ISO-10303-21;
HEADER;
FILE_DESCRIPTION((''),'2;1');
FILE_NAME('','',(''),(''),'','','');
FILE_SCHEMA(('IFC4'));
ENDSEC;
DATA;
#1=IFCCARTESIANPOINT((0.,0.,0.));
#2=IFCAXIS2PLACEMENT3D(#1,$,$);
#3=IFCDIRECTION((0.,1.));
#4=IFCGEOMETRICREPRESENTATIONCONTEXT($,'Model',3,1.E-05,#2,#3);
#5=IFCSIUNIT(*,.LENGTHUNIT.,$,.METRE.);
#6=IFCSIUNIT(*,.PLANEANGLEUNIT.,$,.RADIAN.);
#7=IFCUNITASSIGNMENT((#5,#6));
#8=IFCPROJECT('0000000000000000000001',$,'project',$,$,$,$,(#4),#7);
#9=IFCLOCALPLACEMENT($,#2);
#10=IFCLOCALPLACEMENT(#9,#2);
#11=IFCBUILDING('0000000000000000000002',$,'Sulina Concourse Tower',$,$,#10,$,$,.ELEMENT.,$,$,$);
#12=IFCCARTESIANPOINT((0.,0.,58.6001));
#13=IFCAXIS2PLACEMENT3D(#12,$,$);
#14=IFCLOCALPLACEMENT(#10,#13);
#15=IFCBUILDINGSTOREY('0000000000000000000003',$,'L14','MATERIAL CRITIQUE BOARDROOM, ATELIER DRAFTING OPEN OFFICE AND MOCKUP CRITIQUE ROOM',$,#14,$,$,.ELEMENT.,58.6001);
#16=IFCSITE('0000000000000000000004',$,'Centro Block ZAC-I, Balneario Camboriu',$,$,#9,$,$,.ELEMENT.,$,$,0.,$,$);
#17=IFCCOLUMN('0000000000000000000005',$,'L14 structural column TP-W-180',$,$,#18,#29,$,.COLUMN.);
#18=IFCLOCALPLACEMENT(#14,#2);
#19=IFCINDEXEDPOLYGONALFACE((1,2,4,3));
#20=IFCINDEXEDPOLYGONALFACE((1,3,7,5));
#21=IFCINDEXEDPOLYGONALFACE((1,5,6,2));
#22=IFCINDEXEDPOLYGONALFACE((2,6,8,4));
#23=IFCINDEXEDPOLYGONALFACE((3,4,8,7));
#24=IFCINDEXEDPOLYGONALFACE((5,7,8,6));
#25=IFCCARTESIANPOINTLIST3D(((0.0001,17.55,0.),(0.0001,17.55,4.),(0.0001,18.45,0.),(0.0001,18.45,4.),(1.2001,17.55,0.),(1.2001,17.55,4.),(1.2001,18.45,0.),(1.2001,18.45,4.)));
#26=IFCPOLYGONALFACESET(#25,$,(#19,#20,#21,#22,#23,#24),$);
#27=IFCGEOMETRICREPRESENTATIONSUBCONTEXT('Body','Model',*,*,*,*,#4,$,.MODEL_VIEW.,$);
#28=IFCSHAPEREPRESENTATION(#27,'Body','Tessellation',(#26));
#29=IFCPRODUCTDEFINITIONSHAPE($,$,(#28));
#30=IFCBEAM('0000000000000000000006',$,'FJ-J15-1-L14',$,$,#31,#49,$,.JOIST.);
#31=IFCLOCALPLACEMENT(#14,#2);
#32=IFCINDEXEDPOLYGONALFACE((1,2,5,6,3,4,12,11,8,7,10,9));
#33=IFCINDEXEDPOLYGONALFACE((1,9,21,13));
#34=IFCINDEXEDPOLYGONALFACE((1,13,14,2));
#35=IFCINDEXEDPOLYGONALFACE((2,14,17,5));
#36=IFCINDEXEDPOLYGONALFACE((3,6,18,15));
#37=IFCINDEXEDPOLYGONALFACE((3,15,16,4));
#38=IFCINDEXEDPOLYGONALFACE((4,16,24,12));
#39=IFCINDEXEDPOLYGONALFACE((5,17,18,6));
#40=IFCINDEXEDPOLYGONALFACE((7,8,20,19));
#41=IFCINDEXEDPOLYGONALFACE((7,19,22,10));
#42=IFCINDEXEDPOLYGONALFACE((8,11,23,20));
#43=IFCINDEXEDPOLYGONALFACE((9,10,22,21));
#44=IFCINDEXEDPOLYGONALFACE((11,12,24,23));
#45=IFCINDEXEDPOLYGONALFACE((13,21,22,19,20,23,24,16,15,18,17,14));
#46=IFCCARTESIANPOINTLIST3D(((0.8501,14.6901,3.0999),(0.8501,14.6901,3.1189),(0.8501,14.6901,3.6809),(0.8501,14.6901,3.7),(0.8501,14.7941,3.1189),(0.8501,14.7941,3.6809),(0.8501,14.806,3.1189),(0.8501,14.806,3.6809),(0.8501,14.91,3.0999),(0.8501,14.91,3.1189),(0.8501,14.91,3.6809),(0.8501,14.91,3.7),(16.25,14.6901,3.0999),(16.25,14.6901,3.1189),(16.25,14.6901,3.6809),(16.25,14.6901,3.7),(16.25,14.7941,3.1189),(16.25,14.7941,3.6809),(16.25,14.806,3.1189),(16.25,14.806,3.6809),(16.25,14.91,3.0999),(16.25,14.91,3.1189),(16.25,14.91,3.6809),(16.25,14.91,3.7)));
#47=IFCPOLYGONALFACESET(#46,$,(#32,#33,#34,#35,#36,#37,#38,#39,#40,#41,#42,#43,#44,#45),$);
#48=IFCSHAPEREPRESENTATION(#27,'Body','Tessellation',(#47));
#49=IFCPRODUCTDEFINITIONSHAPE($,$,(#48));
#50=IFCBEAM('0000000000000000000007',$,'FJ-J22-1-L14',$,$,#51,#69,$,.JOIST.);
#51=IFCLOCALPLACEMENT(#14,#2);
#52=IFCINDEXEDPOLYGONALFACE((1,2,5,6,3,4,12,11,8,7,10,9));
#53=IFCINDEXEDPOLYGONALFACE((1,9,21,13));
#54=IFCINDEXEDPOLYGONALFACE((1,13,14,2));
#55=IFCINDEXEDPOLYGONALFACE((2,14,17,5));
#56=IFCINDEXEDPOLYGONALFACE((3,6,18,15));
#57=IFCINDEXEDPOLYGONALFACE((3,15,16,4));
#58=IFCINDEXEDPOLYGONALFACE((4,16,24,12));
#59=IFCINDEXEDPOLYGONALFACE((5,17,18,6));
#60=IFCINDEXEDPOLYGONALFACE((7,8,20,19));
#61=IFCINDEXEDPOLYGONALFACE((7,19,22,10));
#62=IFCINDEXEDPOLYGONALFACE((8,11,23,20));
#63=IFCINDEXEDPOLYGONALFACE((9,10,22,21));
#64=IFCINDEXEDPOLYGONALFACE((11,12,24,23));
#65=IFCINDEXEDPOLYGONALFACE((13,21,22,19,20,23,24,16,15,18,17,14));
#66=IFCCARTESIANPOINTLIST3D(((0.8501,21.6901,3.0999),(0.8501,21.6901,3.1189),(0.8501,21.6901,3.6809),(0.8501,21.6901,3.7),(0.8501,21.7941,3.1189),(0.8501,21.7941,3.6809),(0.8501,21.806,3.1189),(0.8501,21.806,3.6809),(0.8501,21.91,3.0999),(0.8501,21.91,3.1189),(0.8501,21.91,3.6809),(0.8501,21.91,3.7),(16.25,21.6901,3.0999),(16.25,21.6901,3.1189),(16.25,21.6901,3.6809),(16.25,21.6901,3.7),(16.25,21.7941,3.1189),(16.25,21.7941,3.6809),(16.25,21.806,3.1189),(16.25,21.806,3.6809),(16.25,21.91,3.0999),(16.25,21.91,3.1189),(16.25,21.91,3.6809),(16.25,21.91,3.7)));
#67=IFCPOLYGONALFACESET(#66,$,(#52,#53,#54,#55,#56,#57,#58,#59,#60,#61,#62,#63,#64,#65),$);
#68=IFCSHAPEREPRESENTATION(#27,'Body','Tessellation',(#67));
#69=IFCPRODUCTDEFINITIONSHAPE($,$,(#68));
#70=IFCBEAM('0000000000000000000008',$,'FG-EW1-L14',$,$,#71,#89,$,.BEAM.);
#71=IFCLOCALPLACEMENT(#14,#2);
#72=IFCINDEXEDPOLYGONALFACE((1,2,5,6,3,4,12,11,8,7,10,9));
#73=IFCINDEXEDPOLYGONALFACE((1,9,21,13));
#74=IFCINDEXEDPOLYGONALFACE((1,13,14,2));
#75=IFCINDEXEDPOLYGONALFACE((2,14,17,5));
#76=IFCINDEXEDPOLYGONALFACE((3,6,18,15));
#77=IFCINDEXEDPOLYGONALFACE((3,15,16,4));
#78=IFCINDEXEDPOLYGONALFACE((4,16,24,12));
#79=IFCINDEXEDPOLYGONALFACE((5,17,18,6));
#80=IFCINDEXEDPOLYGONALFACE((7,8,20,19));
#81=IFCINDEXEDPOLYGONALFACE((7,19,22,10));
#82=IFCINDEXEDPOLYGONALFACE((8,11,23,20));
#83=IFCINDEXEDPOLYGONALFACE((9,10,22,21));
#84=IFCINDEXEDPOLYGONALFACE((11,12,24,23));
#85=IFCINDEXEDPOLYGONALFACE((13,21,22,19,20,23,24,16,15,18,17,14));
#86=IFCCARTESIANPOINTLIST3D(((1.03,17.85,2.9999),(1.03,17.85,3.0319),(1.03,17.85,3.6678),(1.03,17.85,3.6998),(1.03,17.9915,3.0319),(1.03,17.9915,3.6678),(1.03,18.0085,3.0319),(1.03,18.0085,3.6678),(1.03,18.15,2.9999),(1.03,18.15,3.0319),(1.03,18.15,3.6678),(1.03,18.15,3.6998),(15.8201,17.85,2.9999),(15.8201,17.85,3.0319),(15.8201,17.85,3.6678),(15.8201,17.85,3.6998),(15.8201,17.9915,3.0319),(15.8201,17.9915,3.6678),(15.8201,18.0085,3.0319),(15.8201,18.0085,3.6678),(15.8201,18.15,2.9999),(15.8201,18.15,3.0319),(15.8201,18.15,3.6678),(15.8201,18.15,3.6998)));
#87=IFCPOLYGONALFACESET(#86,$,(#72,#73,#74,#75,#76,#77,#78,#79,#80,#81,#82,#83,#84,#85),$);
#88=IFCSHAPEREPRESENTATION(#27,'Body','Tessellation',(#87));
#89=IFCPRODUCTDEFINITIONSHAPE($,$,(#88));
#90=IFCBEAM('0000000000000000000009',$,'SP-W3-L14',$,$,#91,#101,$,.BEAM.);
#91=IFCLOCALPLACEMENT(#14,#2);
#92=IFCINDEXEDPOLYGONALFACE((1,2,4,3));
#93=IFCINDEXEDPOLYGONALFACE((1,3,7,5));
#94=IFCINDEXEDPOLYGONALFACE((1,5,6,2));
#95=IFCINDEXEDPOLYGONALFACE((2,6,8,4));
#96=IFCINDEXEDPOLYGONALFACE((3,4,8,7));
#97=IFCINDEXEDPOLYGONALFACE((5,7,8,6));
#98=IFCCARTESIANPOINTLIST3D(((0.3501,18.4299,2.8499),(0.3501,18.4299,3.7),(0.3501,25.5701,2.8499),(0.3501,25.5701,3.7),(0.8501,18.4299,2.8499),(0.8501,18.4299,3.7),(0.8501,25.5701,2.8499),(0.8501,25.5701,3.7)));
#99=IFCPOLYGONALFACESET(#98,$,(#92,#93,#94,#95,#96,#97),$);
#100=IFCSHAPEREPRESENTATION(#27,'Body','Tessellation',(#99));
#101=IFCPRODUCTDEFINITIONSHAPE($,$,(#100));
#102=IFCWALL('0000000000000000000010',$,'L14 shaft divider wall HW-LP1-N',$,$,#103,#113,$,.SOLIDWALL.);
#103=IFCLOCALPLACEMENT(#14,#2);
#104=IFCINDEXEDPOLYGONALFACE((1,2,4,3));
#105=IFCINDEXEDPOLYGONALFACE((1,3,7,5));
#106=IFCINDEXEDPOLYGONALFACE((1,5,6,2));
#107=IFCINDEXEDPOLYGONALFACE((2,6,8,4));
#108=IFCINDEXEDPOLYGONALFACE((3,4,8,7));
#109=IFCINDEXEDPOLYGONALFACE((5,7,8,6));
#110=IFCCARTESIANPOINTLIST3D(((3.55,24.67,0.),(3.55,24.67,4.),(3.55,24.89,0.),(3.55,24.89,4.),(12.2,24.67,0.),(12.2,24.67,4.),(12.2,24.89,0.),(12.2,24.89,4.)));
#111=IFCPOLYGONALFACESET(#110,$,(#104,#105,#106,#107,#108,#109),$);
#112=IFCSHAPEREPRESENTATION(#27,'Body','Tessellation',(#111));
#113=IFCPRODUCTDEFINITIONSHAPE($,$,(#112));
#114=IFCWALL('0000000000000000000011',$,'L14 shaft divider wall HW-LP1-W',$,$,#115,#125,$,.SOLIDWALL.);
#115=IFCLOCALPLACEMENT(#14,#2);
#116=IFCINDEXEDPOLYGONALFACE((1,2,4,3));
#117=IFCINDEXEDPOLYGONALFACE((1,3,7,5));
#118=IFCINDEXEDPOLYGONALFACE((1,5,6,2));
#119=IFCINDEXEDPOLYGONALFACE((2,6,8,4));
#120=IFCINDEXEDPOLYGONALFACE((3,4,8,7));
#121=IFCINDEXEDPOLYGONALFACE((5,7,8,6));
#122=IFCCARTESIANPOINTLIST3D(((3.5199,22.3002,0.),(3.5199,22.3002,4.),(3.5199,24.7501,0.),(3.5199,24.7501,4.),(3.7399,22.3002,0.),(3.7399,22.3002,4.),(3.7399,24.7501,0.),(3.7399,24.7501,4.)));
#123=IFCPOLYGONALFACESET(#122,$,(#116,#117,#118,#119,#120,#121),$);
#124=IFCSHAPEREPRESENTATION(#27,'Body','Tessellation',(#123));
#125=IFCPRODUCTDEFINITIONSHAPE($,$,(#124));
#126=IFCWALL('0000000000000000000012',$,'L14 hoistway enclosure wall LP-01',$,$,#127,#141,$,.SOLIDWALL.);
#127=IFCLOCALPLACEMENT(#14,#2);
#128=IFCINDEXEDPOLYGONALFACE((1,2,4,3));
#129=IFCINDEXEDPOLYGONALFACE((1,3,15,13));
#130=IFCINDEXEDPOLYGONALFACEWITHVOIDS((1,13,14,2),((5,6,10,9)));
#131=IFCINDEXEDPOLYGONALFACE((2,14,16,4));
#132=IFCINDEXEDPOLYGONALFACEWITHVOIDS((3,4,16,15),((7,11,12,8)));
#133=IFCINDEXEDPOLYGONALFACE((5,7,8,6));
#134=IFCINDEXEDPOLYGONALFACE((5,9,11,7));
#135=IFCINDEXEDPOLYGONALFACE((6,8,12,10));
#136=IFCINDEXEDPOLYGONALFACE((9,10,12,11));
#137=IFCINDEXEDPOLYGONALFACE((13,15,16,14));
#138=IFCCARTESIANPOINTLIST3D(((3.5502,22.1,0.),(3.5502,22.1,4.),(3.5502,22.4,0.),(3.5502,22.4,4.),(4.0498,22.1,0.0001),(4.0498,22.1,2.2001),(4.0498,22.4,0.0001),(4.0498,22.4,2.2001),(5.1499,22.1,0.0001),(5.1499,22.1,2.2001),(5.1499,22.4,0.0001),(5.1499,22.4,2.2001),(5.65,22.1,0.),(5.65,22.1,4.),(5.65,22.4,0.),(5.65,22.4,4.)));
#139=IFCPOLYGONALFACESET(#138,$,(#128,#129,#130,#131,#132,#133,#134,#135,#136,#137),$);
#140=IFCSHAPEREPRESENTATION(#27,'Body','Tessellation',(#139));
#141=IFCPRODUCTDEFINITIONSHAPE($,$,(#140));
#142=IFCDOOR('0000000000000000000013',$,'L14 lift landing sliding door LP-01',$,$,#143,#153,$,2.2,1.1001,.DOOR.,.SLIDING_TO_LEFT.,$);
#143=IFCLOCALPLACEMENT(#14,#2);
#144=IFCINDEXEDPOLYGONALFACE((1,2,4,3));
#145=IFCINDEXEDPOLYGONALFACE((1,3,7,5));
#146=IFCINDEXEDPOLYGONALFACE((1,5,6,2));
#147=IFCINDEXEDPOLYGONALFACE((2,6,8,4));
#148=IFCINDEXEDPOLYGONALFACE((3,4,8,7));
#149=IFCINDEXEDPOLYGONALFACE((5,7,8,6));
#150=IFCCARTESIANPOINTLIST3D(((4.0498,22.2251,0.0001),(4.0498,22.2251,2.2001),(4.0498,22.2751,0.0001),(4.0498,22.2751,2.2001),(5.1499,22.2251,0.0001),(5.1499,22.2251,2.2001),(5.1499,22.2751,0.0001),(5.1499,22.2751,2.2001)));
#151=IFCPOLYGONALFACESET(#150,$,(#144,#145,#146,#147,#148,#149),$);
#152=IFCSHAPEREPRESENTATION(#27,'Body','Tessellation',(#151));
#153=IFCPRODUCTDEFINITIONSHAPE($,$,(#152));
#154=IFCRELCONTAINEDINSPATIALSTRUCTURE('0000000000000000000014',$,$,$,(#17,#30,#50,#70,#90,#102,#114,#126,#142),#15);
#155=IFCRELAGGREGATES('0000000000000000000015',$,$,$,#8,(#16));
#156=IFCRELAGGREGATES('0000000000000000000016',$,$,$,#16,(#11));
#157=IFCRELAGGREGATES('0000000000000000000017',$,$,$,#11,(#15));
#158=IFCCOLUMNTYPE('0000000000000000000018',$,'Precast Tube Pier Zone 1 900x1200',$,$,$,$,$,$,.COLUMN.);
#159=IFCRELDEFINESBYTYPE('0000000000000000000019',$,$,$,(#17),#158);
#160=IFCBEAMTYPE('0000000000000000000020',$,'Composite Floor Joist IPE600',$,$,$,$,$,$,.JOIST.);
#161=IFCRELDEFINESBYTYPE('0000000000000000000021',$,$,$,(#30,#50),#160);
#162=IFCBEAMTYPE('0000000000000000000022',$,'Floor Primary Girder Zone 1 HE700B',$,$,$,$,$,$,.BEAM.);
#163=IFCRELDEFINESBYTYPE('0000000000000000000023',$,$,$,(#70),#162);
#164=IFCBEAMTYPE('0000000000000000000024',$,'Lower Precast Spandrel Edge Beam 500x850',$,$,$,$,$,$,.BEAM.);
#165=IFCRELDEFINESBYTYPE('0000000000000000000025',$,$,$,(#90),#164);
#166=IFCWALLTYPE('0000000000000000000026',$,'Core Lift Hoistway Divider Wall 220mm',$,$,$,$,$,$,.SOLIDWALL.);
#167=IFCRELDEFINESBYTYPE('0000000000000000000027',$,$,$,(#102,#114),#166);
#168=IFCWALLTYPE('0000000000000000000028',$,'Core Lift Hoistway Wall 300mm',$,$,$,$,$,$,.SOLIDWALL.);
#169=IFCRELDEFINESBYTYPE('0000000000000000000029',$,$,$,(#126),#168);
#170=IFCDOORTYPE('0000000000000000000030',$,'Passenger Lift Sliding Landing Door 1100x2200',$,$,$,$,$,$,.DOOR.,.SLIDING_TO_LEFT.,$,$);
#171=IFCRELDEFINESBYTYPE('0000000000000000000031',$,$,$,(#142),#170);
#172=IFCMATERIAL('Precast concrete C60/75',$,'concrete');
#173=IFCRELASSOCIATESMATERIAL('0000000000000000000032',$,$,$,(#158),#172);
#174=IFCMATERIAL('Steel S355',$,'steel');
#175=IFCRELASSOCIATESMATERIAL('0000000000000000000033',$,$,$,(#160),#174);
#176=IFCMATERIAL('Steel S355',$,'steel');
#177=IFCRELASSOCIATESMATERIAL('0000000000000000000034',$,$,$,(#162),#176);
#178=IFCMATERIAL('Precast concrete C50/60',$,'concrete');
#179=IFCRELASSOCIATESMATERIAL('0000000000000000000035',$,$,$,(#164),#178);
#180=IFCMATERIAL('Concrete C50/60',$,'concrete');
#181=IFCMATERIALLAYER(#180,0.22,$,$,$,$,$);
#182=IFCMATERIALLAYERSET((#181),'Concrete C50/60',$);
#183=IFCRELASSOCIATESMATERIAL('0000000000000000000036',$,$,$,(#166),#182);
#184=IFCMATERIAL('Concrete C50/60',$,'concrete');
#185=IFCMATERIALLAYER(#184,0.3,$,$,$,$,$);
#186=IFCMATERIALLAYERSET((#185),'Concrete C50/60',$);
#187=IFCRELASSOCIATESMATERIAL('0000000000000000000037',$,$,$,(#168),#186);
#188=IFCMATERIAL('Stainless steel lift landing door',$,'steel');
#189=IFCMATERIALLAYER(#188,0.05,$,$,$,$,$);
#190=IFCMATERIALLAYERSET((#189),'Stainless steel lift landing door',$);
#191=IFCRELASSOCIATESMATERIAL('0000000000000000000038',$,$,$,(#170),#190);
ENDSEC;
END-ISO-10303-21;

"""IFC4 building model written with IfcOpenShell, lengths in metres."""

from ifc_helpers import new_model, si_unit, direction, frame, frame_2d, origin, origin_2d, place, context, subcontext, project, spatial, rectangle, i_section, extrude, material, layer, layer_set, material_profile, profile_set, type_object, element, fill, save


model = new_model("IFC4")

# Units and contexts
model_context = context("Model", 3, precision=1e-05, world=origin(), true_north=direction((0.0, 1.0)))
body_context = subcontext(model_context, "Body", "Model", "MODEL_VIEW")
ifc_project = project(units=[si_unit("LENGTHUNIT", "METRE"), si_unit("PLANEANGLEUNIT", "RADIAN")], contexts=[model_context])

# Site, building, storey
site_placement = place(None, origin())
site = spatial("IfcSite", under=ifc_project, at=site_placement, Name="Centro Block ZAC-I, Balneario Camboriu", CompositionType="ELEMENT", RefElevation=0.0)
building_placement = place(site_placement, origin())
building = spatial("IfcBuilding", under=site, at=building_placement, Name="Sulina Concourse Tower", CompositionType="ELEMENT")
storey_placement = place(building_placement, frame((0.0, 0.0, 58.6001)))
storey = spatial("IfcBuildingStorey", under=building, at=storey_placement, Name="L14", Description="MATERIAL CRITIQUE BOARDROOM, ATELIER DRAFTING OPEN OFFICE AND MOCKUP CRITIQUE ROOM", CompositionType="ELEMENT", Elevation=58.6001)

# Column
ifc_material_1 = material(Name="Precast concrete C60/75", Category="concrete")
ifc_material_profile_1 = material_profile(ifc_material_1, rectangle(XDim=0.8999, YDim=1.2, at=origin_2d()), Name="PC 900x1200")
ifc_profile_set_1 = profile_set([ifc_material_profile_1], Name="Precast concrete C60/75")
column_type = type_object("IfcColumnType", Name="Precast Tube Pier Zone 1 900x1200", PredefinedType="COLUMN", material=ifc_profile_set_1)
column_placement = place(storey_placement, frame((0.6001, 18.0, 0.0), z_axis=(0.0, 0.0, 1.0), x_axis=(0.0, 1.0, 0.0)))
element("IfcColumn", 1, at=column_placement, inside=storey, type_object=column_type, Name="L14 structural column TP-W-180", PredefinedType="COLUMN", context=body_context, shape_type="SweptSolid", body=[
    extrude(rectangle(XDim=0.8999, YDim=1.2, at=origin_2d()), origin(), (0.0, 0.0, 1.0), 4.0),
])

# Beams
ifc_material_2 = material(Name="Steel S355", Category="steel")
ifc_material_profile_2 = material_profile(ifc_material_2, i_section(OverallWidth=0.22, OverallDepth=0.6001, WebThickness=0.012, FlangeThickness=0.019, at=origin_2d()), Name="IPE 600")
ifc_profile_set_2 = profile_set([ifc_material_profile_2], Name="Steel S355")
beam_type_1 = type_object("IfcBeamType", Name="Composite Floor Joist IPE600", PredefinedType="JOIST", material=ifc_profile_set_2)
for number, where, z_axis, x_axis, name in (
    (2, (0.8501, 14.8, 3.3999), (1.0, 0.0, 0.0), (0.0, 1.0, 0.0), "FJ-J15-1-L14"),
    (3, (0.8501, 21.8, 3.3999), (1.0, 0.0, 0.0), (0.0, 1.0, 0.0), "FJ-J22-1-L14"),
):
    element("IfcBeam", number, at=place(storey_placement, frame(where, z_axis=z_axis, x_axis=x_axis)), inside=storey, type_object=beam_type_1, Name=name, PredefinedType="JOIST", context=body_context, shape_type="SweptSolid", body=[
        extrude(i_section(OverallWidth=0.22, OverallDepth=0.6001, WebThickness=0.012, FlangeThickness=0.019, at=origin_2d()), origin(), (0.0, 0.0, 1.0), 15.3999),
    ])
ifc_material_3 = material(Name="Steel S355", Category="steel")
ifc_material_profile_3 = material_profile(ifc_material_3, i_section(OverallWidth=0.3, OverallDepth=0.7, WebThickness=0.0171, FlangeThickness=0.032, at=origin_2d()), Name="HE 700 B")
ifc_profile_set_3 = profile_set([ifc_material_profile_3], Name="Steel S355")
beam_type_2 = type_object("IfcBeamType", Name="Floor Primary Girder Zone 1 HE700B", PredefinedType="BEAM", material=ifc_profile_set_3)
beam_1_placement = place(storey_placement, frame((1.03, 18.0, 3.3499), z_axis=(1.0, 0.0, 0.0), x_axis=(0.0, 1.0, 0.0)))
element("IfcBeam", 4, at=beam_1_placement, inside=storey, type_object=beam_type_2, Name="FG-EW1-L14", PredefinedType="BEAM", context=body_context, shape_type="SweptSolid", body=[
    extrude(i_section(OverallWidth=0.3, OverallDepth=0.7, WebThickness=0.0171, FlangeThickness=0.032, at=origin_2d()), origin(), (0.0, 0.0, 1.0), 14.79),
])
ifc_material_4 = material(Name="Precast concrete C50/60", Category="concrete")
ifc_material_profile_4 = material_profile(ifc_material_4, rectangle(XDim=0.5, YDim=0.8501, at=origin_2d()), Name="RC 500x850")
ifc_profile_set_4 = profile_set([ifc_material_profile_4], Name="Precast concrete C50/60")
beam_type_3 = type_object("IfcBeamType", Name="Lower Precast Spandrel Edge Beam 500x850", PredefinedType="BEAM", material=ifc_profile_set_4)
beam_2_placement = place(storey_placement, frame((0.6001, 18.4299, 3.2749), z_axis=(0.0, 1.0, 0.0), x_axis=(-1.0, 0.0, 0.0)))
element("IfcBeam", 5, at=beam_2_placement, inside=storey, type_object=beam_type_3, Name="SP-W3-L14", PredefinedType="BEAM", context=body_context, shape_type="SweptSolid", body=[
    extrude(rectangle(XDim=0.5, YDim=0.8501, at=origin_2d()), origin(), (0.0, 0.0, 1.0), 7.1401),
])

# Walls
ifc_material_5 = material(Name="Concrete C50/60", Category="concrete")
ifc_layer_1 = layer(ifc_material_5, 0.22)
ifc_layer_set_1 = layer_set([ifc_layer_1], Name="Concrete C50/60")
wall_type_1 = type_object("IfcWallType", Name="Core Lift Hoistway Divider Wall 220mm", PredefinedType="SOLIDWALL", material=ifc_layer_set_1)
wall_1_placement = place(storey_placement, frame((3.55, 24.78, 0.0), z_axis=(0.0, 0.0, 1.0), x_axis=(1.0, 0.0, 0.0)))
element("IfcWall", 6, at=wall_1_placement, inside=storey, type_object=wall_type_1, Name="L14 shaft divider wall HW-LP1-N", PredefinedType="SOLIDWALL", context=body_context, shape_type="SweptSolid", body=[
    extrude(rectangle(XDim=8.6499, YDim=0.22, at=frame_2d((4.325, 0.0))), origin(), (0.0, 0.0, 1.0), 4.0),
])
wall_2_placement = place(storey_placement, frame((3.6299, 22.3, 0.0), z_axis=(0.0, 0.0, 1.0), x_axis=(0.0, 1.0, 0.0)))
element("IfcWall", 7, at=wall_2_placement, inside=storey, type_object=wall_type_1, Name="L14 shaft divider wall HW-LP1-W", PredefinedType="SOLIDWALL", context=body_context, shape_type="SweptSolid", body=[
    extrude(rectangle(XDim=2.45, YDim=0.22, at=frame_2d((1.2251, 0.0))), origin(), (0.0, 0.0, 1.0), 4.0),
])

# Wall, opening, door
ifc_material_6 = material(Name="Concrete C50/60", Category="concrete")
ifc_layer_2 = layer(ifc_material_6, 0.3)
ifc_layer_set_2 = layer_set([ifc_layer_2], Name="Concrete C50/60")
wall_type_2 = type_object("IfcWallType", Name="Core Lift Hoistway Wall 300mm", PredefinedType="SOLIDWALL", material=ifc_layer_set_2)
wall_3_placement = place(storey_placement, frame((5.6499, 22.25, 0.0), z_axis=(0.0, 0.0, 1.0), x_axis=(-1.0, 0.0, 0.0)))
wall_3 = element("IfcWall", 8, at=wall_3_placement, inside=storey, type_object=wall_type_2, Name="L14 hoistway enclosure wall LP-01", PredefinedType="SOLIDWALL", context=body_context, shape_type="SweptSolid", body=[
    extrude(rectangle(XDim=2.0999, YDim=0.3, at=frame_2d((1.0498, 0.0))), origin(), (0.0, 0.0, 1.0), 4.0),
])
opening_1_placement = place(wall_3_placement, frame((0.5, 0.0, 0.0)))
opening_1 = element("IfcOpeningElement", 9, at=opening_1_placement, cuts=wall_3, PredefinedType="OPENING", context=body_context, shape_type="SweptSolid", body=[
    extrude(rectangle(XDim=1.1001, YDim=2.2, at=frame_2d((0.55, 1.1001))), frame((0.0, 0.1599, 0.0), z_axis=(0.0, -1.0, 0.0), x_axis=(1.0, 0.0, 0.0)), (0.0, 0.0, 1.0), 0.3201),
])
ifc_material_7 = material(Name="Stainless steel lift landing door", Category="steel")
ifc_layer_3 = layer(ifc_material_7, 0.05)
ifc_layer_set_3 = layer_set([ifc_layer_3], Name="Stainless steel lift landing door")
door_type_1 = type_object("IfcDoorType", Name="Passenger Lift Sliding Landing Door 1100x2200", OperationType="SLIDING_TO_LEFT", PredefinedType="DOOR", material=ifc_layer_set_3)
door_1_placement = place(opening_1_placement, origin())
door_1 = element("IfcDoor", 10, at=door_1_placement, inside=storey, type_object=door_type_1, Name="L14 lift landing sliding door LP-01", OperationType="SLIDING_TO_LEFT", OverallHeight=2.2, OverallWidth=1.1001, PredefinedType="DOOR", context=body_context, shape_type="SweptSolid", body=[
    extrude(rectangle(XDim=1.1001, YDim=2.2, at=frame_2d((0.55, 1.1001))), frame((0.0, 0.0249, 0.0), z_axis=(0.0, -1.0, 0.0), x_axis=(1.0, 0.0, 0.0)), (0.0, 0.0, 1.0), 0.05),
])
fill(opening_1, door_1)

save(model, "model.ifc")
